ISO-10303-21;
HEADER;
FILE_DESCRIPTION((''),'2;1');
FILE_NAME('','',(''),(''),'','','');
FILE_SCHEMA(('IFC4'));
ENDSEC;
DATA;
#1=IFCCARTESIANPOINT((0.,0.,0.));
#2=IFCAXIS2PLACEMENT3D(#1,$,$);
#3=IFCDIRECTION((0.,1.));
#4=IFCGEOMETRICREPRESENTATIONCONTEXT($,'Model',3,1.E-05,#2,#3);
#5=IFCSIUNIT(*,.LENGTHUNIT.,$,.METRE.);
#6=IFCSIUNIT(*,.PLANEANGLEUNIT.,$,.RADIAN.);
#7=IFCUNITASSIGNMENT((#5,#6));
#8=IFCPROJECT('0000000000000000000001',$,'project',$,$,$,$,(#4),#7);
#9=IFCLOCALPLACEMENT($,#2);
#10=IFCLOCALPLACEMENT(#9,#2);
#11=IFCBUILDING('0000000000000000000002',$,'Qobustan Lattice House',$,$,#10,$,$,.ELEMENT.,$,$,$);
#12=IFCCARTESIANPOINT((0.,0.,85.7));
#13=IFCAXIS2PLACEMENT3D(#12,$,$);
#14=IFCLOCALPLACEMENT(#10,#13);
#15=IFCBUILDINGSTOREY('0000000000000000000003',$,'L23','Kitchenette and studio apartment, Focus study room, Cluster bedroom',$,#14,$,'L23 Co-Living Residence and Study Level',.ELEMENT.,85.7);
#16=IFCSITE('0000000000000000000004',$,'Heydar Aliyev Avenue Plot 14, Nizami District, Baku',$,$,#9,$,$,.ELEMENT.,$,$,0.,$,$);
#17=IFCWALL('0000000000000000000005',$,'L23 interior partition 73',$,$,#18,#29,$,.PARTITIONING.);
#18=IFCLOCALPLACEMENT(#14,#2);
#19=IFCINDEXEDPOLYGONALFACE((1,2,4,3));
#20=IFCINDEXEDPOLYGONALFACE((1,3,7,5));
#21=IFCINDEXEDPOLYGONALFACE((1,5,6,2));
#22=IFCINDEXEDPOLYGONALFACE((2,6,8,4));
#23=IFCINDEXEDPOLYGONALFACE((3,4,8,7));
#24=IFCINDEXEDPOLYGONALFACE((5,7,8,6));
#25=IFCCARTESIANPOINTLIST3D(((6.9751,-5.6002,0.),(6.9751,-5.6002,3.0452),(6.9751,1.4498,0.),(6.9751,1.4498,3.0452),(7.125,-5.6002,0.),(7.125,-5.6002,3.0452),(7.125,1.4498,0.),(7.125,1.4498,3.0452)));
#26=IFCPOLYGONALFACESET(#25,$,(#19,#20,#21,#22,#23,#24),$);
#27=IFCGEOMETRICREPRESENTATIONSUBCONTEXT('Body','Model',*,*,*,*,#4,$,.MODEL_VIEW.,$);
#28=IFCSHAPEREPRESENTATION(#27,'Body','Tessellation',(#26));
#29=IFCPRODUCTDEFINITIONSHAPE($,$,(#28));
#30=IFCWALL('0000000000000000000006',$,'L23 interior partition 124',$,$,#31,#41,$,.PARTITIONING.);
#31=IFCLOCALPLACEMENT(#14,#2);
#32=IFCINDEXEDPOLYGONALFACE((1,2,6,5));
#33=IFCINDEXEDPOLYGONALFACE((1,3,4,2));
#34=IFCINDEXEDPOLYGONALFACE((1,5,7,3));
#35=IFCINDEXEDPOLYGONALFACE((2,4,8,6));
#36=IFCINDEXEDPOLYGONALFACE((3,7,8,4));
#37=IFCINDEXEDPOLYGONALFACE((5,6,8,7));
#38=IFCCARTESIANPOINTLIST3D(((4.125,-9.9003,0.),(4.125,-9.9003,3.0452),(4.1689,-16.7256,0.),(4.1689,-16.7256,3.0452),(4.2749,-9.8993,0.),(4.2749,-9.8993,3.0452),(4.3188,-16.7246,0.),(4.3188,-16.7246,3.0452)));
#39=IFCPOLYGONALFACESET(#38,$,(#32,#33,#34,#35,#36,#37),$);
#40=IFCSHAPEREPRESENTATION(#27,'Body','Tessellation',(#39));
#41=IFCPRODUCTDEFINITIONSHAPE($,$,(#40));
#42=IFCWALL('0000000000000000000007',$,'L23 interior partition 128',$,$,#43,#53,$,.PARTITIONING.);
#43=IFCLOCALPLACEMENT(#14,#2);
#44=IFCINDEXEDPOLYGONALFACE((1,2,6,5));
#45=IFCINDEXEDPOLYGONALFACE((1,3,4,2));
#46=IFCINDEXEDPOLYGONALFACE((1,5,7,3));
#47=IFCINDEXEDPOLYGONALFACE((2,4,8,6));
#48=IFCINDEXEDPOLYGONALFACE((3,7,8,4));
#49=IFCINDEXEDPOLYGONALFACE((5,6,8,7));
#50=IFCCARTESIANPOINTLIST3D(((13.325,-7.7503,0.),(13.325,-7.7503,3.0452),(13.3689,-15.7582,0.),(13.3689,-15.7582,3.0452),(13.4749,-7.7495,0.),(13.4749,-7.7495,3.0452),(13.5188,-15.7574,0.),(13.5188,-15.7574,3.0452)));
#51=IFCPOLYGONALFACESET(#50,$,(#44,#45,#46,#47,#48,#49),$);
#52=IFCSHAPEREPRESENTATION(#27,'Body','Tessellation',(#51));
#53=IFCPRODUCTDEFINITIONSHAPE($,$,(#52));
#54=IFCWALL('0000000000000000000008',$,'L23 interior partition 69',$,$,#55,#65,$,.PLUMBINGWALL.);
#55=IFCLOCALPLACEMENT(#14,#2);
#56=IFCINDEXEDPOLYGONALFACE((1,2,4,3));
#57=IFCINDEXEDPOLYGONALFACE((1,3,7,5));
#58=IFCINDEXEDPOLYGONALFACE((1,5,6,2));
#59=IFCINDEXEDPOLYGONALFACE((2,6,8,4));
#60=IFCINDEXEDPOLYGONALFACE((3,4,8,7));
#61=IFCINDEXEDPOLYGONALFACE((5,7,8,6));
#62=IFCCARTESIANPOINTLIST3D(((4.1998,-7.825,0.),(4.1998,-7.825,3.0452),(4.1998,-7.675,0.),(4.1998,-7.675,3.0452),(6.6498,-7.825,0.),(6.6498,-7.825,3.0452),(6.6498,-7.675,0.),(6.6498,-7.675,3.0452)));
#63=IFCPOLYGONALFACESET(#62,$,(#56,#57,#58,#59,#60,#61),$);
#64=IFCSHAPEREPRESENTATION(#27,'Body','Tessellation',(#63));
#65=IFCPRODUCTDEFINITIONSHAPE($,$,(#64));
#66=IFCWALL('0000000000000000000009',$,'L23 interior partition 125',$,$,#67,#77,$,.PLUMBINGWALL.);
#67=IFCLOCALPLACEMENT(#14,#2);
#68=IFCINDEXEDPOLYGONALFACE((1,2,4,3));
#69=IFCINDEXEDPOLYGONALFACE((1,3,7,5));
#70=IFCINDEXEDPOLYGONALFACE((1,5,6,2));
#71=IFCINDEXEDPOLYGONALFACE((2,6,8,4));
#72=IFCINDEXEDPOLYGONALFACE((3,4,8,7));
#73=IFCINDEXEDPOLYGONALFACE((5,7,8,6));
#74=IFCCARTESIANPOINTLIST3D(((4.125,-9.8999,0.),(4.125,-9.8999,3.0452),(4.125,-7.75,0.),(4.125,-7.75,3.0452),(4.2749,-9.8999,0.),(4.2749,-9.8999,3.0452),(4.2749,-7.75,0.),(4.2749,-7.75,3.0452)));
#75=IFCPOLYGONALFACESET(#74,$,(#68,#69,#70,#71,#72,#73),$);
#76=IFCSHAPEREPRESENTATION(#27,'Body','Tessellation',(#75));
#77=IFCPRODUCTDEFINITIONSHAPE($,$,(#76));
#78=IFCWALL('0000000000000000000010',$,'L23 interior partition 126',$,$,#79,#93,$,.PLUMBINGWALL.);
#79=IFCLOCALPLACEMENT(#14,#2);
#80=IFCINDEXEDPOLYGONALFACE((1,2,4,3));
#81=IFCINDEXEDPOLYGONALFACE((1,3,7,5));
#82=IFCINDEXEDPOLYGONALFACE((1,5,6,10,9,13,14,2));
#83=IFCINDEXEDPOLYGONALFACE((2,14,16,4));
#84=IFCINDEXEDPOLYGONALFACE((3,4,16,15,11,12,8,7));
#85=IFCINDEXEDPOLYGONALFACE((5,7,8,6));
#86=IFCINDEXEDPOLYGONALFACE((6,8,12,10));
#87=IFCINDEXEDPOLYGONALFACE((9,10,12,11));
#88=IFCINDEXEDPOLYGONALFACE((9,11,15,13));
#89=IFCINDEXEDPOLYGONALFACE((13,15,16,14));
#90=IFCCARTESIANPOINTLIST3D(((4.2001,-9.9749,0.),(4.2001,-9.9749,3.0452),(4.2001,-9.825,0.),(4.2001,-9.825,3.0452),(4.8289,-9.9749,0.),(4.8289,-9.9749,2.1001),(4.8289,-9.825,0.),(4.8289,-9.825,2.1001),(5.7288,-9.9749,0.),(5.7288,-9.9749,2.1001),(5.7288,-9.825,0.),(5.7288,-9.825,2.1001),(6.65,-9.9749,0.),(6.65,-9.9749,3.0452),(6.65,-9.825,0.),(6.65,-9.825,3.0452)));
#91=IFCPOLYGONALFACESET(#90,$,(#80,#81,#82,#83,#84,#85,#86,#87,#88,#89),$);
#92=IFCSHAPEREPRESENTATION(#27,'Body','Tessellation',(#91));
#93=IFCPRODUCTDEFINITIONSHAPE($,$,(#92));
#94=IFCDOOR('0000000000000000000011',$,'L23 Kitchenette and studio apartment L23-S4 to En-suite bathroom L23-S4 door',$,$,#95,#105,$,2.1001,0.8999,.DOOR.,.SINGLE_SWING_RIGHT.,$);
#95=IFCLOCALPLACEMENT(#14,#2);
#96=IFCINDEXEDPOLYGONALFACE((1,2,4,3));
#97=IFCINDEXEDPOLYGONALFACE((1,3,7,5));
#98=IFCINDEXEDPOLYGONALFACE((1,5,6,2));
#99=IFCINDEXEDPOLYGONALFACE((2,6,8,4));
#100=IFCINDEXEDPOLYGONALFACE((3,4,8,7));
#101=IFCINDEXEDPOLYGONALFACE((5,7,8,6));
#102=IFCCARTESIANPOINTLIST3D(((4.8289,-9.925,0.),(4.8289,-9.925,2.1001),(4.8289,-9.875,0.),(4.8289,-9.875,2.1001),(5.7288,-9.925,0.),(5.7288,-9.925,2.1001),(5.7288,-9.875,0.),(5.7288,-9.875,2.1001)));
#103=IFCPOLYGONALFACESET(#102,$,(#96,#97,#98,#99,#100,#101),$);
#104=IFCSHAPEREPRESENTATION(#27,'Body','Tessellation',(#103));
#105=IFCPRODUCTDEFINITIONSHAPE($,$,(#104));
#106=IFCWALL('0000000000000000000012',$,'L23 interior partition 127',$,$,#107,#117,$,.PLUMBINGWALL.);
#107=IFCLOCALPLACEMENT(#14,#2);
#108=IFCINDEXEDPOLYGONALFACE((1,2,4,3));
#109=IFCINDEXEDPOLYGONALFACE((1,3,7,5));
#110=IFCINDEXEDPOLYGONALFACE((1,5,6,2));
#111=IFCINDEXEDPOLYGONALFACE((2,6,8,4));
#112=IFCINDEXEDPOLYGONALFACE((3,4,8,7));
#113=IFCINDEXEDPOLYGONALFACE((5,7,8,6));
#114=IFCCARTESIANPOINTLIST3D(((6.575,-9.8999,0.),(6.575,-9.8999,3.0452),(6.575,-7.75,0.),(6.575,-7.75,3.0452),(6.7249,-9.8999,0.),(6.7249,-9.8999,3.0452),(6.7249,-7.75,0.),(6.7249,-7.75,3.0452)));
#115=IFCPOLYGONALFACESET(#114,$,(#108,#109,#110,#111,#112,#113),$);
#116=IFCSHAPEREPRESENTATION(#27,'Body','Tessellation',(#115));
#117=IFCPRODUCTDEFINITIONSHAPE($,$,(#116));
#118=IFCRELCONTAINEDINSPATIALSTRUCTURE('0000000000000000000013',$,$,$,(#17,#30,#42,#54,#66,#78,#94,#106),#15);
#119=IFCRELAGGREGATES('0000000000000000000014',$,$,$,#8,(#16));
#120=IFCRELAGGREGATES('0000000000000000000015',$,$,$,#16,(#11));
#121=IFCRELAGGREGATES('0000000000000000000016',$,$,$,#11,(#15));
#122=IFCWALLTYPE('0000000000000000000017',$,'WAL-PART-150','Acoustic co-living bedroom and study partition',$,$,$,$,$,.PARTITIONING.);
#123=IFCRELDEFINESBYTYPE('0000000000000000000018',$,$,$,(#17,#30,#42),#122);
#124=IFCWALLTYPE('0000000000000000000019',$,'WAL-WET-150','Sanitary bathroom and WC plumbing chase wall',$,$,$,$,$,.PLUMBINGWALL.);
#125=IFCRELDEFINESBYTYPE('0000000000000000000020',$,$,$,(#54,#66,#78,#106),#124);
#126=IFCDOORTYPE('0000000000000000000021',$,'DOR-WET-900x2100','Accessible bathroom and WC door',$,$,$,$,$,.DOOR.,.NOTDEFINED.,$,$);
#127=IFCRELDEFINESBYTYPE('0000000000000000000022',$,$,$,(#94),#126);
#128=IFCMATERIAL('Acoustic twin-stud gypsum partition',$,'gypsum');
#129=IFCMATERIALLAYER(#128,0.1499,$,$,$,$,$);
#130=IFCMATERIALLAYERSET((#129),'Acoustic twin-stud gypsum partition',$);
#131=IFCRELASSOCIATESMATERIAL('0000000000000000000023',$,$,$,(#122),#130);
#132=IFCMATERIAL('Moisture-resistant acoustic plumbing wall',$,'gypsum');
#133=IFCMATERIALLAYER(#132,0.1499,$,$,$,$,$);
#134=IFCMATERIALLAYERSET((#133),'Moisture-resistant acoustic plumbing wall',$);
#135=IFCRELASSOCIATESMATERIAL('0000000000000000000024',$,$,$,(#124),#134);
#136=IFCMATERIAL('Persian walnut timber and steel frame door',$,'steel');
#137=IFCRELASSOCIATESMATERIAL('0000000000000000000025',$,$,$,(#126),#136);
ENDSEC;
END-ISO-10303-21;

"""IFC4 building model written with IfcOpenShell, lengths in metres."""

from ifc_helpers import new_model, si_unit, direction, frame, frame_2d, origin, place, context, subcontext, project, spatial, rectangle, extrude, material, layer, layer_set, type_object, element, fill, save


model = new_model("IFC4")

# Units and contexts
model_context = context("Model", 3, precision=1e-05, world=origin(), true_north=direction((0.0, 1.0)))
body_context = subcontext(model_context, "Body", "Model", "MODEL_VIEW")
ifc_project = project(units=[si_unit("LENGTHUNIT", "METRE"), si_unit("PLANEANGLEUNIT", "RADIAN")], contexts=[model_context])

# Site, building, storey
site_placement = place(None, origin())
site = spatial("IfcSite", under=ifc_project, at=site_placement, Name="Heydar Aliyev Avenue Plot 14, Nizami District, Baku", CompositionType="ELEMENT", RefElevation=0.0)
building_placement = place(site_placement, origin())
building = spatial("IfcBuilding", under=site, at=building_placement, Name="Qobustan Lattice House", CompositionType="ELEMENT")
storey_placement = place(building_placement, frame((0.0, 0.0, 85.7)))
storey = spatial("IfcBuildingStorey", under=building, at=storey_placement, Name="L23", Description="Kitchenette and studio apartment, Focus study room, Cluster bedroom", LongName="L23 Co-Living Residence and Study Level", CompositionType="ELEMENT", Elevation=85.7)

# Shared definitions
ifc_material_1 = material(Name="Acoustic twin-stud gypsum partition", Category="gypsum")
ifc_layer_1 = layer(ifc_material_1, 0.1499)
ifc_layer_set_1 = layer_set([ifc_layer_1], Name="Acoustic twin-stud gypsum partition")
wall_type_1 = type_object("IfcWallType", Name="WAL-PART-150", Description="Acoustic co-living bedroom and study partition", PredefinedType="PARTITIONING", material=ifc_layer_set_1)

# Walls
wall_1_placement = place(storey_placement, frame((7.05, -5.6001, 0.0), z_axis=(0.0, 0.0, 1.0), x_axis=(0.0, 1.0, 0.0)))
element("IfcWall", 1, at=wall_1_placement, inside=storey, type_object=wall_type_1, Name="L23 interior partition 73", PredefinedType="PARTITIONING", context=body_context, shape_type="SweptSolid", body=[
    extrude(rectangle(XDim=7.05, YDim=0.1499, at=frame_2d((3.5249, 0.0))), origin(), (0.0, 0.0, 1.0), 3.0452),
])
wall_2_placement = place(storey_placement, frame((4.2, -9.8999, 0.0), z_axis=(0.0, 0.0, 1.0), x_axis=(0.006439, -0.999979, 0.0)))
element("IfcWall", 2, at=wall_2_placement, inside=storey, type_object=wall_type_1, Name="L23 interior partition 124", PredefinedType="PARTITIONING", context=body_context, shape_type="SweptSolid", body=[
    extrude(rectangle(XDim=6.8254, YDim=0.1499, at=frame_2d((3.4126, 0.0))), origin(), (0.0, 0.0, 1.0), 3.0452),
])
wall_3_placement = place(storey_placement, frame((13.3999, -7.75, 0.0), z_axis=(0.0, 0.0, 1.0), x_axis=(0.005488, -0.999985, 0.0)))
element("IfcWall", 3, at=wall_3_placement, inside=storey, type_object=wall_type_1, Name="L23 interior partition 128", PredefinedType="PARTITIONING", context=body_context, shape_type="SweptSolid", body=[
    extrude(rectangle(XDim=8.0081, YDim=0.1499, at=frame_2d((4.0039, 0.0))), origin(), (0.0, 0.0, 1.0), 3.0452),
])
ifc_material_2 = material(Name="Moisture-resistant acoustic plumbing wall", Category="gypsum")
ifc_layer_2 = layer(ifc_material_2, 0.1499)
ifc_layer_set_2 = layer_set([ifc_layer_2], Name="Moisture-resistant acoustic plumbing wall")
wall_type_2 = type_object("IfcWallType", Name="WAL-WET-150", Description="Sanitary bathroom and WC plumbing chase wall", PredefinedType="PLUMBINGWALL", material=ifc_layer_set_2)
wall_4_placement = place(storey_placement, frame((6.6499, -7.75, 0.0), z_axis=(0.0, 0.0, 1.0), x_axis=(-1.0, 0.0, 0.0)))
element("IfcWall", 4, at=wall_4_placement, inside=storey, type_object=wall_type_2, Name="L23 interior partition 69", PredefinedType="PLUMBINGWALL", context=body_context, shape_type="SweptSolid", body=[
    extrude(rectangle(XDim=2.45, YDim=0.1499, at=frame_2d((1.2251, 0.0))), origin(), (0.0, 0.0, 1.0), 3.0452),
])
wall_5_placement = place(storey_placement, frame((4.2, -7.75, 0.0), z_axis=(0.0, 0.0, 1.0), x_axis=(0.0, -1.0, 0.0)))
element("IfcWall", 5, at=wall_5_placement, inside=storey, type_object=wall_type_2, Name="L23 interior partition 125", PredefinedType="PLUMBINGWALL", context=body_context, shape_type="SweptSolid", body=[
    extrude(rectangle(XDim=2.1499, YDim=0.1499, at=frame_2d((1.075, 0.0))), origin(), (0.0, 0.0, 1.0), 3.0452),
])

# Wall, opening, door
wall_6_placement = place(storey_placement, frame((4.2, -9.8999, 0.0), z_axis=(0.0, 0.0, 1.0), x_axis=(1.0, 0.0, 0.0)))
wall_6 = element("IfcWall", 6, at=wall_6_placement, inside=storey, type_object=wall_type_2, Name="L23 interior partition 126", PredefinedType="PLUMBINGWALL", context=body_context, shape_type="SweptSolid", body=[
    extrude(rectangle(XDim=2.45, YDim=0.1499, at=frame_2d((1.2251, 0.0))), origin(), (0.0, 0.0, 1.0), 3.0452),
])
opening_1_placement = place(wall_6_placement, frame((0.6289, 0.0, 0.0)))
opening_1 = element("IfcOpeningElement", 7, at=opening_1_placement, cuts=wall_6, PredefinedType="OPENING", context=body_context, shape_type="SweptSolid", body=[
    extrude(rectangle(XDim=0.8999, YDim=2.1001, at=frame_2d((0.45, 1.05))), frame((0.0, 0.085, 0.0), z_axis=(0.0, -1.0, 0.0), x_axis=(1.0, 0.0, 0.0)), (0.0, 0.0, 1.0), 0.1699),
])
ifc_material_3 = material(Name="Persian walnut timber and steel frame door", Category="steel")
door_type_1 = type_object("IfcDoorType", Name="DOR-WET-900x2100", Description="Accessible bathroom and WC door", OperationType="NOTDEFINED", PredefinedType="DOOR", material=ifc_material_3)
door_1_placement = place(opening_1_placement, origin())
door_1 = element("IfcDoor", 8, at=door_1_placement, inside=storey, type_object=door_type_1, Name="L23 Kitchenette and studio apartment L23-S4 to En-suite bathroom L23-S4 door", OperationType="SINGLE_SWING_RIGHT", OverallHeight=2.1001, OverallWidth=0.8999, PredefinedType="DOOR", context=body_context, shape_type="SweptSolid", body=[
    extrude(rectangle(XDim=0.8999, YDim=2.1001, at=frame_2d((0.45, 1.05))), frame((0.0, 0.0249, 0.0), z_axis=(0.0, -1.0, 0.0), x_axis=(1.0, 0.0, 0.0)), (0.0, 0.0, 1.0), 0.05),
])
fill(opening_1, door_1)

# Wall
wall_7_placement = place(storey_placement, frame((6.6499, -9.8999, 0.0), z_axis=(0.0, 0.0, 1.0), x_axis=(0.0, 1.0, 0.0)))
element("IfcWall", 9, at=wall_7_placement, inside=storey, type_object=wall_type_2, Name="L23 interior partition 127", PredefinedType="PLUMBINGWALL", context=body_context, shape_type="SweptSolid", body=[
    extrude(rectangle(XDim=2.1499, YDim=0.1499, at=frame_2d((1.075, 0.0))), origin(), (0.0, 0.0, 1.0), 3.0452),
])

save(model, "model.ifc")
